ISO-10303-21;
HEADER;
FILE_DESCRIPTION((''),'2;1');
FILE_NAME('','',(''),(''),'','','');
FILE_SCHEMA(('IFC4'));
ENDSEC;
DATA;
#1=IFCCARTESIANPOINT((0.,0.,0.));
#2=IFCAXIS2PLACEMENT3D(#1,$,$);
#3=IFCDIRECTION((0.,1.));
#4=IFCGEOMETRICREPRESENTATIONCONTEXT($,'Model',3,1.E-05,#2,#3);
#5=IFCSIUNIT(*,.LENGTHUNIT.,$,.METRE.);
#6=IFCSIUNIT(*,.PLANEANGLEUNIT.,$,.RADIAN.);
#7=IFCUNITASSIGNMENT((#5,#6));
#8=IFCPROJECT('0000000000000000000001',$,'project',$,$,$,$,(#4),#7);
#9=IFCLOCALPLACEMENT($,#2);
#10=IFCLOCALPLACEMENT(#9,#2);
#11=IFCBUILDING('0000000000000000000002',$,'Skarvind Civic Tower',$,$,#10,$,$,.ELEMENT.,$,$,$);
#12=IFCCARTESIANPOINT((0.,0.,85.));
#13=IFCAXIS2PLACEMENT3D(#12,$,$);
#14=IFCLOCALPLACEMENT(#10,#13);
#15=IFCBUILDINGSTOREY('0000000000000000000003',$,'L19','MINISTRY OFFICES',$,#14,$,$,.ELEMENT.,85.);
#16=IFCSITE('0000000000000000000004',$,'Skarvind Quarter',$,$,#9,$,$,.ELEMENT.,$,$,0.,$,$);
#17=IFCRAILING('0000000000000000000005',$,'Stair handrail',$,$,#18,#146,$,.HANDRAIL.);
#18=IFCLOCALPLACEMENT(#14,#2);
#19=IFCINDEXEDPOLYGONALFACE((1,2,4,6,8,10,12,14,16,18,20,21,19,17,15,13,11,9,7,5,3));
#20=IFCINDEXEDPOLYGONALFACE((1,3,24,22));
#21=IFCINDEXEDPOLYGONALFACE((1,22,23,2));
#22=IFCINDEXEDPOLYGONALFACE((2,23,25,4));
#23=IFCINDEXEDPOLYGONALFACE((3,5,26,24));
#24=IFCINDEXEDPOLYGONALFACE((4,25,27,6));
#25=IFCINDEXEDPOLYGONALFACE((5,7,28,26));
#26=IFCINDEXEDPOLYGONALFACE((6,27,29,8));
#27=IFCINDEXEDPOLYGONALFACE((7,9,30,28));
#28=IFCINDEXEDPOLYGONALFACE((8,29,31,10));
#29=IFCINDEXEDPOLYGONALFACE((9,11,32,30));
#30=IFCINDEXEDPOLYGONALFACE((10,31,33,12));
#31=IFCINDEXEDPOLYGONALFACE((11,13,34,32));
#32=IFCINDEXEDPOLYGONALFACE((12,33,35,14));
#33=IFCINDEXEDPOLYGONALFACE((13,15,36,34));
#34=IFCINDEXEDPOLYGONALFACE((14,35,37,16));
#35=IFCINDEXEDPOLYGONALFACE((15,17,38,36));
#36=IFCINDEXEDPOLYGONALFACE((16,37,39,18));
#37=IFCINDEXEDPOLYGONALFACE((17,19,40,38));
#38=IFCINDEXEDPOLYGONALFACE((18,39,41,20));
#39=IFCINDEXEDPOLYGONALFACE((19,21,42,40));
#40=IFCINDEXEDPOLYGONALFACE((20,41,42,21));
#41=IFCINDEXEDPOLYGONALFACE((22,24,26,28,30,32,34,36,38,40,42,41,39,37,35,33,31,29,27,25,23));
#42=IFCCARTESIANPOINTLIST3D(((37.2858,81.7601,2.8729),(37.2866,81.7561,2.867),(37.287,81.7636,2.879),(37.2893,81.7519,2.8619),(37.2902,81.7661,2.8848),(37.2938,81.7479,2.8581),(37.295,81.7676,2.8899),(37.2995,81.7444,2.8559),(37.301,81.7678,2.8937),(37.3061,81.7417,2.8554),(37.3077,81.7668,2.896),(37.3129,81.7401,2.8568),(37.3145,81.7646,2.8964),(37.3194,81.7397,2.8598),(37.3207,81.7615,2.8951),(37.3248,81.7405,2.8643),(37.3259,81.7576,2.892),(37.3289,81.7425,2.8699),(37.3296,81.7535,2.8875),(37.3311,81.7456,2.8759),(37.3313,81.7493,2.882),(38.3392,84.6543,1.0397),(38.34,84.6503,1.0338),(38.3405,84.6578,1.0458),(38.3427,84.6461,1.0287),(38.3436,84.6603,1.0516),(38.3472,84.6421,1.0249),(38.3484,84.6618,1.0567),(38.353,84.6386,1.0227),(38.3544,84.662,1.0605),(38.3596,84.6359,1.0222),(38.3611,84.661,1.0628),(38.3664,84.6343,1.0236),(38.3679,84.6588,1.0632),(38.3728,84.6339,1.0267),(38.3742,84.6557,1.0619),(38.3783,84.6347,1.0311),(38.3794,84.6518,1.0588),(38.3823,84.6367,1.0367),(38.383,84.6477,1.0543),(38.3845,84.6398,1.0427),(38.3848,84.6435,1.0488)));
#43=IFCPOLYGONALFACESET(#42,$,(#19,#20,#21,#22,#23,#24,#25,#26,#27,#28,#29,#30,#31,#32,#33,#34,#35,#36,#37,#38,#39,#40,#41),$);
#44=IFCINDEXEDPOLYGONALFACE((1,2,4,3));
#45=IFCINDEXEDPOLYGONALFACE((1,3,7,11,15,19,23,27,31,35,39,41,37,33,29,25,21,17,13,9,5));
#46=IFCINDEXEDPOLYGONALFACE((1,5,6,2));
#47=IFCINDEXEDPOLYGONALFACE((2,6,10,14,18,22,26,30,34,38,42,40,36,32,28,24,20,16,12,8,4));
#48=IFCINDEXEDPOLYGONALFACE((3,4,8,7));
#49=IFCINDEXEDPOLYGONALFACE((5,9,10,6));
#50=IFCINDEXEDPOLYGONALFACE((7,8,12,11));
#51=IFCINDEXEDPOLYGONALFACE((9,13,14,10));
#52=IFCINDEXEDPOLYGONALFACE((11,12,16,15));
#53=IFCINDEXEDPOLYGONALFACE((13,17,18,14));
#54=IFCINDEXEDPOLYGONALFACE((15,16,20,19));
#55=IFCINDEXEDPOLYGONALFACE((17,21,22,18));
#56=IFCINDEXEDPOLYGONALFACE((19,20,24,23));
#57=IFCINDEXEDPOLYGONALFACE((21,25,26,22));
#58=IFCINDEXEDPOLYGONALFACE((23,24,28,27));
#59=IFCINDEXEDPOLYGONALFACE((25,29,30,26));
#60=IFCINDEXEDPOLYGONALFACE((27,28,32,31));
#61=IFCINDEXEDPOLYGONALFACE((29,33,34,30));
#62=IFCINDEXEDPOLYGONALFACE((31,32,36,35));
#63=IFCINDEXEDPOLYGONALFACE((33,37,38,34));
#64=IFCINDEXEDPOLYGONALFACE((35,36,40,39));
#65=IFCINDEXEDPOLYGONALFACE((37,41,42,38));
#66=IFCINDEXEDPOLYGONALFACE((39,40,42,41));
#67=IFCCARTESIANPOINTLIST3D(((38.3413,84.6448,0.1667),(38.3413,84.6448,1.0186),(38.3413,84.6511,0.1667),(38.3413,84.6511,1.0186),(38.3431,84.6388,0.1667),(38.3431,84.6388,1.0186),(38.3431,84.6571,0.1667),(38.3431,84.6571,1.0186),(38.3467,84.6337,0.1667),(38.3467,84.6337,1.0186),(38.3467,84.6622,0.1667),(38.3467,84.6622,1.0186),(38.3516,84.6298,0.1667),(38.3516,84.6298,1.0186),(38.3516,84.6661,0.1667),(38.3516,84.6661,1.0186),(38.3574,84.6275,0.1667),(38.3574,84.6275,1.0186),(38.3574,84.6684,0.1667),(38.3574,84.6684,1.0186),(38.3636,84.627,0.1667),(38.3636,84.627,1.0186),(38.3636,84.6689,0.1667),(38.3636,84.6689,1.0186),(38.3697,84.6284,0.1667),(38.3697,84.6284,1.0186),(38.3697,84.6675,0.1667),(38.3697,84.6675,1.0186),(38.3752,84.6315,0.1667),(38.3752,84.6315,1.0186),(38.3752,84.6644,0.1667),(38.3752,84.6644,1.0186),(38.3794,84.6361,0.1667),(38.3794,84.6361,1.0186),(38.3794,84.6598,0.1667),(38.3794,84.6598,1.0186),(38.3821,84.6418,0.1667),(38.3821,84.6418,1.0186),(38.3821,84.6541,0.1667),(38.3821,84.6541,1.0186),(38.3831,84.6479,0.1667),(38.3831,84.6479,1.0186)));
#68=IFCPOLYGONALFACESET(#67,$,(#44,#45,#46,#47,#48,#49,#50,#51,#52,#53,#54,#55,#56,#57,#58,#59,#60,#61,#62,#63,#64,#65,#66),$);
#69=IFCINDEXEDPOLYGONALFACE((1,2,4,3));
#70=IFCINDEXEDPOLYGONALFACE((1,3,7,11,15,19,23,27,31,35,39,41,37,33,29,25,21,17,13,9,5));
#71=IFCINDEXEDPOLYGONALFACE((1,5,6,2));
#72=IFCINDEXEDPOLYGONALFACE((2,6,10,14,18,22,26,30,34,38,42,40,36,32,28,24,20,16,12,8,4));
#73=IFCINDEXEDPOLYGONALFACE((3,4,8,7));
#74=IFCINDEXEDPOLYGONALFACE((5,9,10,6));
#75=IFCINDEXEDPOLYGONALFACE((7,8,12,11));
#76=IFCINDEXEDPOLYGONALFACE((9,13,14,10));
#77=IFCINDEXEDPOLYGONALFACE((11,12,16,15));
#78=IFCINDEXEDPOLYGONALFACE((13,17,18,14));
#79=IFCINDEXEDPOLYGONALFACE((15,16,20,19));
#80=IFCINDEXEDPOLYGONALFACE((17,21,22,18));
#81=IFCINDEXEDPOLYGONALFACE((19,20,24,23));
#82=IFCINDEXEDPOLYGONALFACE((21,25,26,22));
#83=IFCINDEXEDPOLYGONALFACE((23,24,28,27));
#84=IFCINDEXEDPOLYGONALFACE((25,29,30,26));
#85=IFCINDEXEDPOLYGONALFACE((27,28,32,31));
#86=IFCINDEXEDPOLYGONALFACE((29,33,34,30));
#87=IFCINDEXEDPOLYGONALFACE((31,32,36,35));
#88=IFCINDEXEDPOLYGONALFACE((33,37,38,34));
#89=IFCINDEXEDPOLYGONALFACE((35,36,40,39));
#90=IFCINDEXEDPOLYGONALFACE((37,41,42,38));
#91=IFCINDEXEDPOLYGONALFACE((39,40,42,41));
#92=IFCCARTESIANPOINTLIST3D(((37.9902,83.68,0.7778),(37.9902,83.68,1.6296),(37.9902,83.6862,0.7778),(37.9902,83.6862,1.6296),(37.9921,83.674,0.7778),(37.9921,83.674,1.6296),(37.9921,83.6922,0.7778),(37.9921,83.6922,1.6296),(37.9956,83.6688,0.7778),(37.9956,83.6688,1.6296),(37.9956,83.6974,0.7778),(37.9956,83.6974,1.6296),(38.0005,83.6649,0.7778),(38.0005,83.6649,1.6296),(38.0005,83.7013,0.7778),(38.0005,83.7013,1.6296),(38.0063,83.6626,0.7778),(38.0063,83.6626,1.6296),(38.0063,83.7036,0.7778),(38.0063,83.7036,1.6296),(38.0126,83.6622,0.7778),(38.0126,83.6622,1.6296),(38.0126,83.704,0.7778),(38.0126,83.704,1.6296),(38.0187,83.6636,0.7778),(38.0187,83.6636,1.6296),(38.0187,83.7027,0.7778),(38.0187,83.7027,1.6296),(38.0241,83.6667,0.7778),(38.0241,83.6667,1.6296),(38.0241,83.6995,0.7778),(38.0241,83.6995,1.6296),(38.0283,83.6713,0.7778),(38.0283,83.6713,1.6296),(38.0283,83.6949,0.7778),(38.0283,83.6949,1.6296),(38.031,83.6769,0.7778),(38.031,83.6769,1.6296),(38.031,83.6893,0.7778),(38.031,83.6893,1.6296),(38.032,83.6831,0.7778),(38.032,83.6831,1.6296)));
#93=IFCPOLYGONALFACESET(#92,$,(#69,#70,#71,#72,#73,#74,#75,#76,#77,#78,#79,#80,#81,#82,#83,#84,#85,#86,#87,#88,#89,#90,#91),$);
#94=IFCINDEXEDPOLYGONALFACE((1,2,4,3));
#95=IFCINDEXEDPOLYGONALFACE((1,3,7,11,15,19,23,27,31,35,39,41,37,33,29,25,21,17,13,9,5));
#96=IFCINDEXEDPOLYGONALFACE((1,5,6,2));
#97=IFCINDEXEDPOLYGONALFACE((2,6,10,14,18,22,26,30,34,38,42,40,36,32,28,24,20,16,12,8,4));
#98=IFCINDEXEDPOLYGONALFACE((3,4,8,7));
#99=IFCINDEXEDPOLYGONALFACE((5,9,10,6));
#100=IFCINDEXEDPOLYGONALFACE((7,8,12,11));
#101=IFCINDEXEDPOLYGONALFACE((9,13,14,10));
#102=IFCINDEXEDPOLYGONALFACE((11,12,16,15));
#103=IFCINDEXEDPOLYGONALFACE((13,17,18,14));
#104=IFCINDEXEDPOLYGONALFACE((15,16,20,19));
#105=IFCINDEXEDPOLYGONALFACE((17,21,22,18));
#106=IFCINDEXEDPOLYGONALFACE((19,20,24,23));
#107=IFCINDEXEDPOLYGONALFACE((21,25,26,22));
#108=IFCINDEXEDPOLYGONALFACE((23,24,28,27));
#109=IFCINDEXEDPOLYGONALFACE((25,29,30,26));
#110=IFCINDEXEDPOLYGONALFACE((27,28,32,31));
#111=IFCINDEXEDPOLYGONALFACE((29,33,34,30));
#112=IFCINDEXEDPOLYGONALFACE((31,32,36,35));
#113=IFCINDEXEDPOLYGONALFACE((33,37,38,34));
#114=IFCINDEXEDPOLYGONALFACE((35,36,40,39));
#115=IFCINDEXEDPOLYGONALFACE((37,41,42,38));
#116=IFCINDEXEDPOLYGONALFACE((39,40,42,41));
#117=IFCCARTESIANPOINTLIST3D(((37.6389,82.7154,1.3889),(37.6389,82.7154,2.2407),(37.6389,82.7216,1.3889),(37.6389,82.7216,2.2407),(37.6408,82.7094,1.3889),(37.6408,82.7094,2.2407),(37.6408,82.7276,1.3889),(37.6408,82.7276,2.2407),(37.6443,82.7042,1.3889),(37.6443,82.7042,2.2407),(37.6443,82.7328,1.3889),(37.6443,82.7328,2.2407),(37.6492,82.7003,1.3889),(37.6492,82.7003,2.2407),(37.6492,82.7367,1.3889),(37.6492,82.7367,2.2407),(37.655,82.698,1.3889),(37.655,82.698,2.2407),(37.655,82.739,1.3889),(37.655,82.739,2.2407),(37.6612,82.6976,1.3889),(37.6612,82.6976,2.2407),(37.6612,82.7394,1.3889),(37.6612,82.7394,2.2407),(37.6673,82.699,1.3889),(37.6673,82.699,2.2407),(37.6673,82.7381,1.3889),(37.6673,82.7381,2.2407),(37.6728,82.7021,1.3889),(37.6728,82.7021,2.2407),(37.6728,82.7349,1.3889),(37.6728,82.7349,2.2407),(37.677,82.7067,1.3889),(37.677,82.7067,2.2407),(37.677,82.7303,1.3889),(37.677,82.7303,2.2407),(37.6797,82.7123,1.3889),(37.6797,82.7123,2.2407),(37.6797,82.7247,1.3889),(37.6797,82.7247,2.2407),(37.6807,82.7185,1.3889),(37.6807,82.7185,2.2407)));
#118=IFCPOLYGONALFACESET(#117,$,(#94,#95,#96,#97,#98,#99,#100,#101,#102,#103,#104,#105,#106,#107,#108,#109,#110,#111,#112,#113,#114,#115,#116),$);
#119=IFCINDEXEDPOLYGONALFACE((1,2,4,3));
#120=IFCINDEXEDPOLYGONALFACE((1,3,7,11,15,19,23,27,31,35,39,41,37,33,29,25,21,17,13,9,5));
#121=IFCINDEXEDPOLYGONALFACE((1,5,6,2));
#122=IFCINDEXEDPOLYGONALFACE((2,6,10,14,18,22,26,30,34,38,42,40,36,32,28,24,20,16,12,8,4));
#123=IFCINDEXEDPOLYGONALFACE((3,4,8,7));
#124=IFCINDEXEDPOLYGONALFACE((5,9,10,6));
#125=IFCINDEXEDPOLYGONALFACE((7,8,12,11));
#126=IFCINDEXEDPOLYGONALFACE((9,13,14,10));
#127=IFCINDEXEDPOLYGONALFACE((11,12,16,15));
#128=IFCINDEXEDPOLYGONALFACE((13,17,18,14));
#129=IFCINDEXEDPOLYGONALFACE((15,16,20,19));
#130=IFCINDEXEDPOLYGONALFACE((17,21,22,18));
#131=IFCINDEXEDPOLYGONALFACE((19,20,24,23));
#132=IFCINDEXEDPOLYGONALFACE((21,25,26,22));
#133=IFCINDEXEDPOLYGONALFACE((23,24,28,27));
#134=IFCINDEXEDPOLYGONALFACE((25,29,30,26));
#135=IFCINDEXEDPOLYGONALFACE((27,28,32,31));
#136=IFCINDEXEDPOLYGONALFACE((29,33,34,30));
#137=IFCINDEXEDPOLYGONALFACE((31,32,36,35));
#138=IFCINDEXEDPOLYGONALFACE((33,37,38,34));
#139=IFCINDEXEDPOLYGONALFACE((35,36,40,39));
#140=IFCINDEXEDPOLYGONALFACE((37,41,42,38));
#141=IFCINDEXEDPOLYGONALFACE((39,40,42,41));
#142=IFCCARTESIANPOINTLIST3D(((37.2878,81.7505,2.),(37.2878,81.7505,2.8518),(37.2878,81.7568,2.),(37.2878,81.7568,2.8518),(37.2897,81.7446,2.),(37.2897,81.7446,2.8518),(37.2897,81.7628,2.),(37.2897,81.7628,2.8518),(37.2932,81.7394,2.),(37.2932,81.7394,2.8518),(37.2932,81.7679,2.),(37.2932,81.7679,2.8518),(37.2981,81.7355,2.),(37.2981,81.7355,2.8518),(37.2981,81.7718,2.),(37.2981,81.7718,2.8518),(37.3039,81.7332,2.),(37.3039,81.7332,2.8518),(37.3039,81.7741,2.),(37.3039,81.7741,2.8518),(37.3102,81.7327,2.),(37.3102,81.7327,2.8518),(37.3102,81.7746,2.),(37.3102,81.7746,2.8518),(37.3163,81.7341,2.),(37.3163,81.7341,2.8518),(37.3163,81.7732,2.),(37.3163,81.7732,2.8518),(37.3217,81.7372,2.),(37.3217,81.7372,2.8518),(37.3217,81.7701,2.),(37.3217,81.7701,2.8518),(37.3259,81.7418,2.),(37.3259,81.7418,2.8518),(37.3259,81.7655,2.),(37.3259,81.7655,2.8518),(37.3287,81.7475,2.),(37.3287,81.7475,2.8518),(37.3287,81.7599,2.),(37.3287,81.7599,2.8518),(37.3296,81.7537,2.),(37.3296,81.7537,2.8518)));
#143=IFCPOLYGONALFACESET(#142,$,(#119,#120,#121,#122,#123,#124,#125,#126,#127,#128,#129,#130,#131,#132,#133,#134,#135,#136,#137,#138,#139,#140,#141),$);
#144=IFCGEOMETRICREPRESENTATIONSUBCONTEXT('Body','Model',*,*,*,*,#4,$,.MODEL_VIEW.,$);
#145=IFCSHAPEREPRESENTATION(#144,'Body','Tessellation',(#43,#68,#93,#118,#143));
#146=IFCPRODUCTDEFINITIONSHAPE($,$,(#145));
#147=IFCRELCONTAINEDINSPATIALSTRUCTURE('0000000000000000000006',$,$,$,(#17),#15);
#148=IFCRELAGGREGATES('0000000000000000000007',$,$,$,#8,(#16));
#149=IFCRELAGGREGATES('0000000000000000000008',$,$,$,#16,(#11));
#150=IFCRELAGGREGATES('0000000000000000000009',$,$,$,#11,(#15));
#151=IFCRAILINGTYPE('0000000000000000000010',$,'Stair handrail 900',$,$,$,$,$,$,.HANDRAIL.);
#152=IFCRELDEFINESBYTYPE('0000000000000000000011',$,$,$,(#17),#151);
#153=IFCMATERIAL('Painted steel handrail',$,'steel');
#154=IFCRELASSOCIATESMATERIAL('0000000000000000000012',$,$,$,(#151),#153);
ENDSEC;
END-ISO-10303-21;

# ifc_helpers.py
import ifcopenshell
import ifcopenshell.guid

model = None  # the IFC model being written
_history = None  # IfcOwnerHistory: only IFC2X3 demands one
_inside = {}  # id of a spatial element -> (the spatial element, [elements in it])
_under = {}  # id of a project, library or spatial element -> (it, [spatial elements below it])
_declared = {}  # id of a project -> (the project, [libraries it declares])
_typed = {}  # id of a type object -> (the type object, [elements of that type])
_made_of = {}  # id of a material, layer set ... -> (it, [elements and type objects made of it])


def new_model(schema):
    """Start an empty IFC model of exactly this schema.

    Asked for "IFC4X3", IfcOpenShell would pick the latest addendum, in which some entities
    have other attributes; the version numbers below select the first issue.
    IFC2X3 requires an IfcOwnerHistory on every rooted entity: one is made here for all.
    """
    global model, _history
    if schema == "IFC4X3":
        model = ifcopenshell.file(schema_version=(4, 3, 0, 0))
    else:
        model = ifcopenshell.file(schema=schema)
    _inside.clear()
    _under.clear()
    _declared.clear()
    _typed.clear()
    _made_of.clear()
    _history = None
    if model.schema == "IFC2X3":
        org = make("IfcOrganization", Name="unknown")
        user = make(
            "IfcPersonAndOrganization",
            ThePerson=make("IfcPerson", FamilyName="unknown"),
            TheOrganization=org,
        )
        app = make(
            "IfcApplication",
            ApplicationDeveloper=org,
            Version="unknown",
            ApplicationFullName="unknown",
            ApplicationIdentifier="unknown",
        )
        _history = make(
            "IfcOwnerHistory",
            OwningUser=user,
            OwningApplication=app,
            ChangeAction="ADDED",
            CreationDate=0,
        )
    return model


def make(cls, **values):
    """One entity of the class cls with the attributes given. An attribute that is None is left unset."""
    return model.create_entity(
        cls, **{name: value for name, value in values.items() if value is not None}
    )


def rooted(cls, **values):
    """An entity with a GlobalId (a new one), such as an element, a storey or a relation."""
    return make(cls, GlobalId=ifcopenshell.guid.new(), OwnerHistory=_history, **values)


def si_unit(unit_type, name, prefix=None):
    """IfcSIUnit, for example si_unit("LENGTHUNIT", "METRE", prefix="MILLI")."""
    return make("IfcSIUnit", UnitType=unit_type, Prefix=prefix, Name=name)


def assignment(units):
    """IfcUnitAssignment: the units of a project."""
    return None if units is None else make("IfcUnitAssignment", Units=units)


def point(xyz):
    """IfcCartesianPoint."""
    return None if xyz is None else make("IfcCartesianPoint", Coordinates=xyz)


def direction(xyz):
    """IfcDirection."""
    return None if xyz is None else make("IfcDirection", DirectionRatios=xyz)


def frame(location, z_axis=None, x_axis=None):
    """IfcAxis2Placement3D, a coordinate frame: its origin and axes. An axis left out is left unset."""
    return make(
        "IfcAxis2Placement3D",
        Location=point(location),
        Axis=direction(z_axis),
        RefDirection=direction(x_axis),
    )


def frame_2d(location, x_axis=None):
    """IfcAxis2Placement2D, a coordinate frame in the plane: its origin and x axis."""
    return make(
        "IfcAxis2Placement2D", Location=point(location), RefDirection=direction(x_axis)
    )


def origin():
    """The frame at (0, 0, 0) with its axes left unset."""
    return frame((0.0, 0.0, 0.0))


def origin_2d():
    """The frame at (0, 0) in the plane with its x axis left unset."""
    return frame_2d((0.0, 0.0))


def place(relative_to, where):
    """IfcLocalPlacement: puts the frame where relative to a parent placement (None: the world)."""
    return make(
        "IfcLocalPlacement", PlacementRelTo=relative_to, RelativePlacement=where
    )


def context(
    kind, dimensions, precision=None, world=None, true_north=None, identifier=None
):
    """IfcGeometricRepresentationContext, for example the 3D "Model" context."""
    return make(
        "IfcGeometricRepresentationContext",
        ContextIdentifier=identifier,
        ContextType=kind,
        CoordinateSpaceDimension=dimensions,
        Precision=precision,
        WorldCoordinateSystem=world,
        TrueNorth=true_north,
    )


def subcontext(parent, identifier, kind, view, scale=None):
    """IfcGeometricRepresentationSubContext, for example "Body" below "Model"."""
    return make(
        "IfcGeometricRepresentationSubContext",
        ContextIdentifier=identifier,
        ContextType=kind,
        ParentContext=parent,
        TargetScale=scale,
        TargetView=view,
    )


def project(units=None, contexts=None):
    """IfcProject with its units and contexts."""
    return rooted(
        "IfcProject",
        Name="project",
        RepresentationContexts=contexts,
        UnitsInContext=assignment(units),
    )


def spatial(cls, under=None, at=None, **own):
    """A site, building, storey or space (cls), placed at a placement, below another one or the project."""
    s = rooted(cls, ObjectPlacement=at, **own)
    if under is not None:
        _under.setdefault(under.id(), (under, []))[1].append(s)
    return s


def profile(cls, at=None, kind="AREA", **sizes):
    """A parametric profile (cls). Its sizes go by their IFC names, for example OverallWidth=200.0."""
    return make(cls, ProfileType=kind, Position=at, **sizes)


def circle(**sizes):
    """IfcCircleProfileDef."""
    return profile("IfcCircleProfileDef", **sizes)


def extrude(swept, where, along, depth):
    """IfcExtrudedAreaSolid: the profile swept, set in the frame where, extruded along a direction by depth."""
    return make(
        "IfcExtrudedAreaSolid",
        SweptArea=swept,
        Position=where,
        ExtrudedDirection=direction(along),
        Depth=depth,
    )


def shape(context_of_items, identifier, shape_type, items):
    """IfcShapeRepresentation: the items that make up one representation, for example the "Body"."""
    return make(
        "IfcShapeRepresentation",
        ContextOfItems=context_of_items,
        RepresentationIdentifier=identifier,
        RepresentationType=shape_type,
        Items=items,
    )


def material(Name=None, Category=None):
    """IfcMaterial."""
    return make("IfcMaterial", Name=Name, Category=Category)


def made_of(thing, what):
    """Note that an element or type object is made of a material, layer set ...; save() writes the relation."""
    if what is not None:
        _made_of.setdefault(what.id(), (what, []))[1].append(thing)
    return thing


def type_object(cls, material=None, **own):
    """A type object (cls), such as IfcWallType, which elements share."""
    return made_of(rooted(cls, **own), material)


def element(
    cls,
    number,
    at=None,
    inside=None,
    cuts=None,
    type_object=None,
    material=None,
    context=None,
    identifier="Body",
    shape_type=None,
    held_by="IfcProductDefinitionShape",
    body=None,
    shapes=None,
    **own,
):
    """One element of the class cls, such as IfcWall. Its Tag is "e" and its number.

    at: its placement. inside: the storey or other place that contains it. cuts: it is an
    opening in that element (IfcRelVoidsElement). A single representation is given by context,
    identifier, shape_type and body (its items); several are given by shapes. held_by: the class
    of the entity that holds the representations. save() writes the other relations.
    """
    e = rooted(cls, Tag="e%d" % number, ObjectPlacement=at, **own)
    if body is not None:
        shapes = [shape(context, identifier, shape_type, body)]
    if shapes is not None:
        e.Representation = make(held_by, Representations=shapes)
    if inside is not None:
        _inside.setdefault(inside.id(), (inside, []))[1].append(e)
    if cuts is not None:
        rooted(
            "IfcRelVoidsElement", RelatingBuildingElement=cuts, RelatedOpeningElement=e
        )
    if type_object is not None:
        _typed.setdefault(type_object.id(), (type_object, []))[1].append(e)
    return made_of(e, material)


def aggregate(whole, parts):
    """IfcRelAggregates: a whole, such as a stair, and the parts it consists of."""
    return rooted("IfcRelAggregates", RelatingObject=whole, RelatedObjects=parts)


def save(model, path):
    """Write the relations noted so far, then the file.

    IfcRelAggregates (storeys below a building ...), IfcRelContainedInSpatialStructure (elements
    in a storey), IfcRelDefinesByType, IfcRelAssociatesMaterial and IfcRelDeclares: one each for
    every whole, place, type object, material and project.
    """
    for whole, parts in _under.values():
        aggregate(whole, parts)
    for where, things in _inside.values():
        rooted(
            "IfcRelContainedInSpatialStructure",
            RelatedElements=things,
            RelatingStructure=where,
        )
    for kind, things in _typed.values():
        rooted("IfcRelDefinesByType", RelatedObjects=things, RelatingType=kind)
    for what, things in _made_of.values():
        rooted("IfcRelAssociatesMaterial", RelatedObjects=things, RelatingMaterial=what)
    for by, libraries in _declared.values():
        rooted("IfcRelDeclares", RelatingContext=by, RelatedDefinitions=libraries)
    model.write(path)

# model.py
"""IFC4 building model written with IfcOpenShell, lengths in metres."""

from ifc_helpers import new_model, si_unit, direction, frame, origin, origin_2d, place, context, subcontext, project, spatial, circle, extrude, material, type_object, element, save


model = new_model("IFC4")

# Units and contexts
model_context = context("Model", 3, precision=1e-05, world=origin(), true_north=direction((0.0, 1.0)))
body_context = subcontext(model_context, "Body", "Model", "MODEL_VIEW")
ifc_project = project(units=[si_unit("LENGTHUNIT", "METRE"), si_unit("PLANEANGLEUNIT", "RADIAN")], contexts=[model_context])

# Site, building, storey
site_placement = place(None, origin())
site = spatial("IfcSite", under=ifc_project, at=site_placement, Name="Skarvind Quarter", CompositionType="ELEMENT", RefElevation=0.0)
building_placement = place(site_placement, origin())
building = spatial("IfcBuilding", under=site, at=building_placement, Name="Skarvind Civic Tower", CompositionType="ELEMENT")
storey_placement = place(building_placement, frame((0.0, 0.0, 85.0)))
storey = spatial("IfcBuildingStorey", under=building, at=storey_placement, Name="L19", Description="MINISTRY OFFICES", CompositionType="ELEMENT", Elevation=85.0)

# Railing
ifc_material_1 = material(Name="Painted steel handrail", Category="steel")
railing_type = type_object("IfcRailingType", Name="Stair handrail 900", PredefinedType="HANDRAIL", material=ifc_material_1)
railing_1_placement = place(storey_placement, frame((38.3621, 84.6479, 0.1667)))
element("IfcRailing", 1, at=railing_1_placement, inside=storey, type_object=railing_type, Name="Stair handrail", PredefinedType="HANDRAIL", context=body_context, shape_type="SweptSolid", body=[
    extrude(circle(Radius=0.0239, at=origin_2d()), frame((0.0, 0.0, 0.876), z_axis=(-0.293908, -0.807481, 0.511461), x_axis=(0.939689, -0.342029, 0.0)), (0.0, 0.0, 1.0), 3.5842),
    extrude(circle(Radius=0.021, at=origin_2d()), origin(), (0.0, 0.0, 1.0), 0.8518),
    extrude(circle(Radius=0.021, at=origin_2d()), frame((-0.3511, -0.9648, 0.6111)), (0.0, 0.0, 1.0), 0.8518),
    extrude(circle(Radius=0.021, at=origin_2d()), frame((-0.7024, -1.9294, 1.2222)), (0.0, 0.0, 1.0), 0.8518),
    extrude(circle(Radius=0.021, at=origin_2d()), frame((-1.0535, -2.8943, 1.8333)), (0.0, 0.0, 1.0), 0.8518),
])

save(model, "model.ifc")
